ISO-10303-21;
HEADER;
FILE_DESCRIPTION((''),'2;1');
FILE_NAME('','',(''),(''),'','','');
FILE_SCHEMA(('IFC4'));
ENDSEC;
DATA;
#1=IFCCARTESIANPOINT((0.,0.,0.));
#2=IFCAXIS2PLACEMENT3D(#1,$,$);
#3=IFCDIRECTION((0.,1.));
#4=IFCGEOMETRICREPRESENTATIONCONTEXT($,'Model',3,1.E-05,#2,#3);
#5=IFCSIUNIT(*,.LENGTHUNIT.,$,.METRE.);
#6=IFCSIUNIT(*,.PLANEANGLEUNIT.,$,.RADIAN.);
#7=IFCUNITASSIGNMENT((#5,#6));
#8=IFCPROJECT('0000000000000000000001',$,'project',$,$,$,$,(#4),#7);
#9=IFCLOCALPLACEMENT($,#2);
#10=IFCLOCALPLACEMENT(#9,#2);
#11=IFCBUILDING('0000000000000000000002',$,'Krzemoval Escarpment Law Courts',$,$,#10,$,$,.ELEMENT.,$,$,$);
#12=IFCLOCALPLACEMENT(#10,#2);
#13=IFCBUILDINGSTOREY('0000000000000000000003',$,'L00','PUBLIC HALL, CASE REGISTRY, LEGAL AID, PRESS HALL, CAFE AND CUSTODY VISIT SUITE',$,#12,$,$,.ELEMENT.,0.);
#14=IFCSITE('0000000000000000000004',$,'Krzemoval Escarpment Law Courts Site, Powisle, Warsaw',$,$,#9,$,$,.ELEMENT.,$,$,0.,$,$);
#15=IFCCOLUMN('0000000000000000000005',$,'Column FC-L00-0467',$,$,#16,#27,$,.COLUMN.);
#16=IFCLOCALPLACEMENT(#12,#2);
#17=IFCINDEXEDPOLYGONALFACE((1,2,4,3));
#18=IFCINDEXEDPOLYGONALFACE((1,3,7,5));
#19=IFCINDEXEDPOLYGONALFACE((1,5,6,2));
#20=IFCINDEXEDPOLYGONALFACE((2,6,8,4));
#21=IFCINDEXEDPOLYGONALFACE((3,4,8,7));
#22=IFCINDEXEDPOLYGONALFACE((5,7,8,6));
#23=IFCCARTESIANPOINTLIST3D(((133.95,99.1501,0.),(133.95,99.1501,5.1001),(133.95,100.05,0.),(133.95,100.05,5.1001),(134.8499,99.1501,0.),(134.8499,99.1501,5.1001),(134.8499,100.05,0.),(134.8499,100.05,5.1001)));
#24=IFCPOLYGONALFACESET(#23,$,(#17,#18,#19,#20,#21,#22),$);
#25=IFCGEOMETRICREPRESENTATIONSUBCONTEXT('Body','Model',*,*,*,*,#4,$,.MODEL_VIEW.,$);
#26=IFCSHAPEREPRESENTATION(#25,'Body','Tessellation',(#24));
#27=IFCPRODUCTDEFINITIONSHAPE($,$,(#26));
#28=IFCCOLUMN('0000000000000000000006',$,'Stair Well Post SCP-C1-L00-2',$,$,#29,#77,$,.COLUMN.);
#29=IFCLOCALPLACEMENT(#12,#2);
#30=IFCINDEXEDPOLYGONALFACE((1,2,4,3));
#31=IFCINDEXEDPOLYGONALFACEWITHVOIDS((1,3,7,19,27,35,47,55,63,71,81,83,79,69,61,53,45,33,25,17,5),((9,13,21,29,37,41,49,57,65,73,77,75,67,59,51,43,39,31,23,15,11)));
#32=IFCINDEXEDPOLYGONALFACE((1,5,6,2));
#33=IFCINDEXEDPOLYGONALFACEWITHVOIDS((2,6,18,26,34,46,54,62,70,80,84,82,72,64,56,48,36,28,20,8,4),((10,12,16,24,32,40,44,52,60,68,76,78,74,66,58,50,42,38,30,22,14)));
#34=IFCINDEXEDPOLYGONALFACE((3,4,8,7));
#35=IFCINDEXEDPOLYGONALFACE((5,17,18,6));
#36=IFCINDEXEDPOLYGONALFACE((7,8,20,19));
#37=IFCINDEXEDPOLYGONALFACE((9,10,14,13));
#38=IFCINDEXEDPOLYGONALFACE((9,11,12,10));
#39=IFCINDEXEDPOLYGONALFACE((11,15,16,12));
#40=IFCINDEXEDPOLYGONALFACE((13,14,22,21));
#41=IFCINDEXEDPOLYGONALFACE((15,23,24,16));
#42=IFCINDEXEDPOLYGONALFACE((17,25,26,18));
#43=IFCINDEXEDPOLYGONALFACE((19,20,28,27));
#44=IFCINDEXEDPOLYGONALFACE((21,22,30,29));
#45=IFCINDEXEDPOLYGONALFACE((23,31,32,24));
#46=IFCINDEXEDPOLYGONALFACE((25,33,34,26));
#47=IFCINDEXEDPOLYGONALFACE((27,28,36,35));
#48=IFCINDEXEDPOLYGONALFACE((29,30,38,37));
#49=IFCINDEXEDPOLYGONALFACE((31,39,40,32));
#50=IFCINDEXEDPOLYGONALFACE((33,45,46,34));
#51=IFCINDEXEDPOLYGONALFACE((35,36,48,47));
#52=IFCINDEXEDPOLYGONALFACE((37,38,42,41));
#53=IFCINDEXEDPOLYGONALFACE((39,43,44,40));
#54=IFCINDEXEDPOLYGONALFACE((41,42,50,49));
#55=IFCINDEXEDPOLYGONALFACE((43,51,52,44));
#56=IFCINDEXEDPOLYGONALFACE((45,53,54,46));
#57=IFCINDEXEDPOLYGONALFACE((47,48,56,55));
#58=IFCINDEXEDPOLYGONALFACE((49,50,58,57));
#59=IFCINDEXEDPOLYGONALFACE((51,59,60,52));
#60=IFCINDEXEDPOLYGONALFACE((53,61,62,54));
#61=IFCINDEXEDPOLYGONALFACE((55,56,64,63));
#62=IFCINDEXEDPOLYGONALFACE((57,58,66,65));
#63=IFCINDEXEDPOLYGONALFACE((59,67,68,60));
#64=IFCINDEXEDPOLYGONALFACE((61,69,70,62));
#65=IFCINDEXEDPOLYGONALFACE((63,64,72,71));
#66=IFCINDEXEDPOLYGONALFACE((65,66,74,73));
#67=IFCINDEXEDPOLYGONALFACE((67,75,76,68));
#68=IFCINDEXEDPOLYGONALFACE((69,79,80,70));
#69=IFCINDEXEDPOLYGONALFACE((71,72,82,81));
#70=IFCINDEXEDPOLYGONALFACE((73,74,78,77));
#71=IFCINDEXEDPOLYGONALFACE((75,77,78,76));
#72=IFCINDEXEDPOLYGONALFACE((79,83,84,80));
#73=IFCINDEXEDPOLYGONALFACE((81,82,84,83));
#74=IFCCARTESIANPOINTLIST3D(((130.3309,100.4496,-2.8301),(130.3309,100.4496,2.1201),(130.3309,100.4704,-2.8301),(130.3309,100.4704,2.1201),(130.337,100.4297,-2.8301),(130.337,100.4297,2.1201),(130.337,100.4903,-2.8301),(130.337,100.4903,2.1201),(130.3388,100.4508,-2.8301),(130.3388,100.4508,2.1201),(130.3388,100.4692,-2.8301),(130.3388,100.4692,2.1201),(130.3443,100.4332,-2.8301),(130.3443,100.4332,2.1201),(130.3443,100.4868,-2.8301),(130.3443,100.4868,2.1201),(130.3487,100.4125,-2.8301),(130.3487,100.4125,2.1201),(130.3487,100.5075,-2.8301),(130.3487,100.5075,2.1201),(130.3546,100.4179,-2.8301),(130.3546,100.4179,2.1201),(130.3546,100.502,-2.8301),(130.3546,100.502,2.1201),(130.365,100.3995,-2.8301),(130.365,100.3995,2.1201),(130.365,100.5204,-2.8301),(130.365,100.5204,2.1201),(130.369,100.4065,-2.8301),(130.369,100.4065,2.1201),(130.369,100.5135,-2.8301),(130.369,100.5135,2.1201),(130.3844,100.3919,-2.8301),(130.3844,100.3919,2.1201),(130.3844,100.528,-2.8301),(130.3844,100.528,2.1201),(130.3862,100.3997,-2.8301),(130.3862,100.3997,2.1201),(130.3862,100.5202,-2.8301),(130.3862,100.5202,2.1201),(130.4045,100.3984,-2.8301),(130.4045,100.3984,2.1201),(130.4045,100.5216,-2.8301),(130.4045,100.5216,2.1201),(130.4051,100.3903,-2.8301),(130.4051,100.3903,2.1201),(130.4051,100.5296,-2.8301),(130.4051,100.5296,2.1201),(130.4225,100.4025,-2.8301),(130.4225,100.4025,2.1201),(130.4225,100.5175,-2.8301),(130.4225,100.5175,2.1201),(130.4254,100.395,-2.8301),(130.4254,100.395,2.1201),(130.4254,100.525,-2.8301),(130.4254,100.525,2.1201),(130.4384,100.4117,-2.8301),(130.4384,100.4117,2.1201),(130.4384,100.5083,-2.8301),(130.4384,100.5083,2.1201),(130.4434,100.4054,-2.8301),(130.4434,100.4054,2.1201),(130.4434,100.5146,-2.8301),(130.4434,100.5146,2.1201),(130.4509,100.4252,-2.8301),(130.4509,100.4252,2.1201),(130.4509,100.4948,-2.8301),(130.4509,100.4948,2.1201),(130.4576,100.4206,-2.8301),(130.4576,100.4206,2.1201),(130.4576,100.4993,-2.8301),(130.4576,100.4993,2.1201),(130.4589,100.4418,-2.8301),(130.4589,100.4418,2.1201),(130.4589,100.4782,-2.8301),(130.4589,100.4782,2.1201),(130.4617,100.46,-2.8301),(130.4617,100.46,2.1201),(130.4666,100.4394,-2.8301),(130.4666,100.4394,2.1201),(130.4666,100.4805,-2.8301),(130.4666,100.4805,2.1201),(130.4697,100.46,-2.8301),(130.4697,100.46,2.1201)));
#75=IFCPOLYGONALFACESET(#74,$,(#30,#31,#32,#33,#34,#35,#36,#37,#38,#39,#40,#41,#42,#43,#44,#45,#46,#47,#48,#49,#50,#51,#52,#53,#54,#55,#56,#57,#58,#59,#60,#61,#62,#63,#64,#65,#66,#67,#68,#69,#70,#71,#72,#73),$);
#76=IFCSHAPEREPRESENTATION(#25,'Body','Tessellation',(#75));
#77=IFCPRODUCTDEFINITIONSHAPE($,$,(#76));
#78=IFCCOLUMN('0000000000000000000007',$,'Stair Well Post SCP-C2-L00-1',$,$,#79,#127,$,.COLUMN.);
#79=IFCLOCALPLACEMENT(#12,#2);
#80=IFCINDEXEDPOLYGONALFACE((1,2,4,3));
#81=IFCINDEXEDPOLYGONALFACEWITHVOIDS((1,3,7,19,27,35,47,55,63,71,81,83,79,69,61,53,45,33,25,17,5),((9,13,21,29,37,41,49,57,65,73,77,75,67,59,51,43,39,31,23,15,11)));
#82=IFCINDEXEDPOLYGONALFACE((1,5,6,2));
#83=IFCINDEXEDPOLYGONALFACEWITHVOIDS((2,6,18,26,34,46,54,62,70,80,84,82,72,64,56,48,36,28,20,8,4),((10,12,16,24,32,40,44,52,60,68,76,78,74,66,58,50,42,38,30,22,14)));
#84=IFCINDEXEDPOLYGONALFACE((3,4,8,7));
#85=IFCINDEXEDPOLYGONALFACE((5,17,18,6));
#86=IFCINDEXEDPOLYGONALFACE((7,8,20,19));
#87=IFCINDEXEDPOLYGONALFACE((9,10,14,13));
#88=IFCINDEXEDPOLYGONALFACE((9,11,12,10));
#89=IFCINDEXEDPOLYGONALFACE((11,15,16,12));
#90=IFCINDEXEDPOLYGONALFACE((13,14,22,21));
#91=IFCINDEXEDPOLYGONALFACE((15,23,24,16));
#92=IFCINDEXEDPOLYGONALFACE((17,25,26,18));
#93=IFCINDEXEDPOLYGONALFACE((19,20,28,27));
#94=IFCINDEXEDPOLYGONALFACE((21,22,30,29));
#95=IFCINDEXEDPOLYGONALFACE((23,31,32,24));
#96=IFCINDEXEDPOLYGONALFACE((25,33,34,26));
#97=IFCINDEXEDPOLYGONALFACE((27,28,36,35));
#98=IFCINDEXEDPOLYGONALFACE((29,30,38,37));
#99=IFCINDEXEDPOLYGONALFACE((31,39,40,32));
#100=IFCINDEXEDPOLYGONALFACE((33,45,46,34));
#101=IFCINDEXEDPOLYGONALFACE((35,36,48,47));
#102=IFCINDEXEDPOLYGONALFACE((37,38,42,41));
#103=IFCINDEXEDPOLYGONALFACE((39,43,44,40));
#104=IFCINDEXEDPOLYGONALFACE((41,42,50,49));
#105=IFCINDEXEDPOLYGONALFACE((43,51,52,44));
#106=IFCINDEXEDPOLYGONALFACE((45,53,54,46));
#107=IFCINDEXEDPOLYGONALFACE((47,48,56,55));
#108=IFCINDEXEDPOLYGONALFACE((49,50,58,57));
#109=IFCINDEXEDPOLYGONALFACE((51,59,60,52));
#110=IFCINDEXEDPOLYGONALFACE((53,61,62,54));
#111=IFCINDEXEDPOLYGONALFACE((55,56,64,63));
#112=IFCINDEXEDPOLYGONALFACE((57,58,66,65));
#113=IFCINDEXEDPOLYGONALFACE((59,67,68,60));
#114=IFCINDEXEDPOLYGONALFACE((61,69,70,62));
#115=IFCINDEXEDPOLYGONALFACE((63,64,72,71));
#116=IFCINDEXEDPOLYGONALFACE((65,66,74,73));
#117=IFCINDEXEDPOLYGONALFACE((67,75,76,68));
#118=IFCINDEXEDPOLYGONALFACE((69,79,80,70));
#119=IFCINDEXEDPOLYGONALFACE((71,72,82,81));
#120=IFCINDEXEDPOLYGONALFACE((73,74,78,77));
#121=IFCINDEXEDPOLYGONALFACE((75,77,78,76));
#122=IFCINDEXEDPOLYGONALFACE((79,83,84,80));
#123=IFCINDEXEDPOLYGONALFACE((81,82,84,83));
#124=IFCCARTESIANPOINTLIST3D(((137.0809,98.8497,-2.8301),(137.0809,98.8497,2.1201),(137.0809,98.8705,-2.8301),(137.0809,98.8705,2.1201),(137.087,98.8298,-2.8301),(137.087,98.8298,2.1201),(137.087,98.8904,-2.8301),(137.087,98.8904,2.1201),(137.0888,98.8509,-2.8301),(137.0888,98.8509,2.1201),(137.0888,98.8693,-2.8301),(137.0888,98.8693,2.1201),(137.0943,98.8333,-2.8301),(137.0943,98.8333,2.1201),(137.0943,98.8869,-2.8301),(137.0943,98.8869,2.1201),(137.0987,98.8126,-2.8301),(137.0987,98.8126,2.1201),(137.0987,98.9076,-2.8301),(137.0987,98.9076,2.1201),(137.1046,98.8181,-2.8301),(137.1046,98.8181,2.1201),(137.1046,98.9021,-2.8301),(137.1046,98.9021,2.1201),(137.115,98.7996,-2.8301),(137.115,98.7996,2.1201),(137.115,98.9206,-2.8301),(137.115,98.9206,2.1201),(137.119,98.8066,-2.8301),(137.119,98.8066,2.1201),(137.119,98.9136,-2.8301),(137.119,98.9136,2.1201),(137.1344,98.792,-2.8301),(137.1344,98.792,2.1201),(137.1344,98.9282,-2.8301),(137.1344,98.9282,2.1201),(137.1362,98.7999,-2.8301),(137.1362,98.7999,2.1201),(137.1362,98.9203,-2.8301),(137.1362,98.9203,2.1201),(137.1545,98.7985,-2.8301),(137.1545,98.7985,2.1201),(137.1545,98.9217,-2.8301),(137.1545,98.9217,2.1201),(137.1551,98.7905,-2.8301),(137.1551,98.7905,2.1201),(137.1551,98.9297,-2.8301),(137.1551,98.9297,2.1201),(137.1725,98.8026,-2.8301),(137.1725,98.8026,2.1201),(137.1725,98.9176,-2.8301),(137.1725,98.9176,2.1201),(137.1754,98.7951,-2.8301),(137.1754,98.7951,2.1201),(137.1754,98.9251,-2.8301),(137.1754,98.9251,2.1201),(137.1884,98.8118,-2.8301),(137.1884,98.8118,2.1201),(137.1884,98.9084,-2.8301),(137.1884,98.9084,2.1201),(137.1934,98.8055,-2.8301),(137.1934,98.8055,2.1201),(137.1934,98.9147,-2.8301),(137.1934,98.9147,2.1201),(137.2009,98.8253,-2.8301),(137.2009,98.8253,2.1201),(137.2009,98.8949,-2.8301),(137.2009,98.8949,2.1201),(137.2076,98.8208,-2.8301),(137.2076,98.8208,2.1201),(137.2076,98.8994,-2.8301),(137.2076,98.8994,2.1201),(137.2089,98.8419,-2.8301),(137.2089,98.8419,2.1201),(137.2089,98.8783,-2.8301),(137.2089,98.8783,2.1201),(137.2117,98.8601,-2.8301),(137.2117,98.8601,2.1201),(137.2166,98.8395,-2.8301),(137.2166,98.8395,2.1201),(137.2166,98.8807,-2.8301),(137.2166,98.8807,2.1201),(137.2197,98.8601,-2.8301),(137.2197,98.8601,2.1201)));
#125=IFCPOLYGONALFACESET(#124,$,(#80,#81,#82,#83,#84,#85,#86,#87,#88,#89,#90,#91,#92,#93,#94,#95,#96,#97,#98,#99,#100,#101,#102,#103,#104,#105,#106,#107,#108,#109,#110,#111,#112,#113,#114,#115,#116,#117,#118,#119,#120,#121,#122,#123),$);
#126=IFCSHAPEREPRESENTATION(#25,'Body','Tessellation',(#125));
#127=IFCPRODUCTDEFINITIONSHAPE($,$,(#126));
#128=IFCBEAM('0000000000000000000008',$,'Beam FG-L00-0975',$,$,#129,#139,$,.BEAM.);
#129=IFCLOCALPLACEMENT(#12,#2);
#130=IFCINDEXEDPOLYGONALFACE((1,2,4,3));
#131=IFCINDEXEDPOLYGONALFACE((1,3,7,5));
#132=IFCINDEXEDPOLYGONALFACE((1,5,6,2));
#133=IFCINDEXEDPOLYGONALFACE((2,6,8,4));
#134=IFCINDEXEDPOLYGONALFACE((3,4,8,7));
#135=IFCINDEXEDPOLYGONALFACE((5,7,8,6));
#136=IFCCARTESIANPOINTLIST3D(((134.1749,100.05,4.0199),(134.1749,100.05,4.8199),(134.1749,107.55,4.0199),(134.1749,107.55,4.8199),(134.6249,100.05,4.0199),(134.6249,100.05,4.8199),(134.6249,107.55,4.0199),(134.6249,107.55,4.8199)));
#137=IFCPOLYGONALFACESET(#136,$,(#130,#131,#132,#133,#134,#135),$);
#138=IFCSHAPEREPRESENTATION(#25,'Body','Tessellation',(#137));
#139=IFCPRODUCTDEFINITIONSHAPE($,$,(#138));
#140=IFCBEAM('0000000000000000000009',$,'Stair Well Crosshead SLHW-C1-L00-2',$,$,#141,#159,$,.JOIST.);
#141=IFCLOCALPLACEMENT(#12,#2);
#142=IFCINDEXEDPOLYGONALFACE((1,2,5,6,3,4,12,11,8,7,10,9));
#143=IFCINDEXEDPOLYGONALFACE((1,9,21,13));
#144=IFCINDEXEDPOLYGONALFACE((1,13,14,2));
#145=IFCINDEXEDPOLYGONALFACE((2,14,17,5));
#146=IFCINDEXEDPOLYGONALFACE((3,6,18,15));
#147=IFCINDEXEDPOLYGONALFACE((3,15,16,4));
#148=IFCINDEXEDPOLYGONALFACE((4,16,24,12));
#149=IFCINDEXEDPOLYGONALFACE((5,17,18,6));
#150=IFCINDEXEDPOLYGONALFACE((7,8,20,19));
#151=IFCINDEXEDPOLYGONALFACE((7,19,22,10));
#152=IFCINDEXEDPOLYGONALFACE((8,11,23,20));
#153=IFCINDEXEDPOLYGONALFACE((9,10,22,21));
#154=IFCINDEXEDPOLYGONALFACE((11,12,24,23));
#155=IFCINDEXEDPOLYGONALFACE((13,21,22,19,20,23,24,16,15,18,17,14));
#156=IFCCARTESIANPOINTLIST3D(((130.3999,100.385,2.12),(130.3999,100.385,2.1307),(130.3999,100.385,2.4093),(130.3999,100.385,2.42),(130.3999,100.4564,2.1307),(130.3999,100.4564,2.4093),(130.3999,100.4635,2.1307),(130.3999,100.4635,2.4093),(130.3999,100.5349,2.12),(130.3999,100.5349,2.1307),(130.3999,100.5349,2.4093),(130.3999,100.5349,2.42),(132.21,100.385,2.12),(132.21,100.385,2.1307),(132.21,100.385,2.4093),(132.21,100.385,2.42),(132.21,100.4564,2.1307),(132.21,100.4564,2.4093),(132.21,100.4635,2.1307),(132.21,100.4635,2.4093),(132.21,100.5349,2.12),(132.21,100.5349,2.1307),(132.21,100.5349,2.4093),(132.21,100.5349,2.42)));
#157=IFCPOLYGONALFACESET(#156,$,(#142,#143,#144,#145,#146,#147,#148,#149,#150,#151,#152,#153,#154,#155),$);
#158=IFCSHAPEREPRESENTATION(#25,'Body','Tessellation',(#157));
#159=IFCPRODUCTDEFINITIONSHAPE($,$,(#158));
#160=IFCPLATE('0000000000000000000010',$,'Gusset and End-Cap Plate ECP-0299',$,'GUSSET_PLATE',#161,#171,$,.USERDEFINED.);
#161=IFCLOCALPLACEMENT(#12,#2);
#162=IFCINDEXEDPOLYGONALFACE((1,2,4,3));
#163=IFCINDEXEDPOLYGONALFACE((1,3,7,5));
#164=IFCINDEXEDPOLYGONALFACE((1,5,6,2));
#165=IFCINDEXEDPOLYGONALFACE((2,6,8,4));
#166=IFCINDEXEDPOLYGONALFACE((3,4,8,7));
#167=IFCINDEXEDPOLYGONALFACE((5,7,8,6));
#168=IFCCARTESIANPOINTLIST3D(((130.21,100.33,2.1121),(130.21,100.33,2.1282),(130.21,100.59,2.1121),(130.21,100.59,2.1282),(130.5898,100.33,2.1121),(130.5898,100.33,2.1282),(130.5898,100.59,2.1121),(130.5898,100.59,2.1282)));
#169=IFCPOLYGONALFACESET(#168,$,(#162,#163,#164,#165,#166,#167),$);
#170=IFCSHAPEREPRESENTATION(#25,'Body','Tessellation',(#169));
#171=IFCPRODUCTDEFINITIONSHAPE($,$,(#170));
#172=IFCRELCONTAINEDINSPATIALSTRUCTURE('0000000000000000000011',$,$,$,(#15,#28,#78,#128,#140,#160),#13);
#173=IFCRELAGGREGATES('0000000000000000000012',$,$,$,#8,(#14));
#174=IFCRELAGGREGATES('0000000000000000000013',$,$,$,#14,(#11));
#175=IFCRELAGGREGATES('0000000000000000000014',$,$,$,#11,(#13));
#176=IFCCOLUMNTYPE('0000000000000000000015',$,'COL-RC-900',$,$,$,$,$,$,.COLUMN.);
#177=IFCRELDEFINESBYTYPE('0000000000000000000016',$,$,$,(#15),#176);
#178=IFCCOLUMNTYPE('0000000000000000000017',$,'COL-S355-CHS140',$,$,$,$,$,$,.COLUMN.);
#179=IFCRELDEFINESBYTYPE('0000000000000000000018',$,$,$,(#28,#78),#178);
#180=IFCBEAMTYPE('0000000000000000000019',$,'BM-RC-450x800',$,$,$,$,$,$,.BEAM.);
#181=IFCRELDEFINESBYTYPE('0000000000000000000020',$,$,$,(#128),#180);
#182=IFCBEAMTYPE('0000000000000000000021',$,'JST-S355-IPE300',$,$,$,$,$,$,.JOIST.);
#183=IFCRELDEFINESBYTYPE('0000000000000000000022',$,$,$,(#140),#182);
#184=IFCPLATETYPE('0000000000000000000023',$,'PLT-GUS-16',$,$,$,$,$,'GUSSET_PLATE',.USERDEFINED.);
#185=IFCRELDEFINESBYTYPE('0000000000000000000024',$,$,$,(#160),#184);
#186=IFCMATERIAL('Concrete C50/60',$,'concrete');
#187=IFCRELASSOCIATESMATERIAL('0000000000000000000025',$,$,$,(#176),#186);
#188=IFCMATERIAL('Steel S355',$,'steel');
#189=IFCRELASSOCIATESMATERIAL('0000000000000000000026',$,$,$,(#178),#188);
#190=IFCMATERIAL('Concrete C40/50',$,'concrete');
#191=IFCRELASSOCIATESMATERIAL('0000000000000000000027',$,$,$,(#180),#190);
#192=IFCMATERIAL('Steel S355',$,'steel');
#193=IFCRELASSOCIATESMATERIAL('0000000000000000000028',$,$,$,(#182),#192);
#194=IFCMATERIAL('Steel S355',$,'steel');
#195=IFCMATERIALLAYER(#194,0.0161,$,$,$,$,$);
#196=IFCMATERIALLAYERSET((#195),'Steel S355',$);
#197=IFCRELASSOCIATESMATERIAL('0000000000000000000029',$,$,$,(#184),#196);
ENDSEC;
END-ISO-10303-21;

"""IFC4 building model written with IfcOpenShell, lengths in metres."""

from ifc_helpers import new_model, si_unit, direction, frame, origin, origin_2d, place, context, subcontext, project, spatial, rectangle, hollow_circle, i_section, extrude, material, layer, layer_set, material_profile, profile_set, type_object, element, save


model = new_model("IFC4")

# Units and contexts
model_context = context("Model", 3, precision=1e-05, world=origin(), true_north=direction((0.0, 1.0)))
body_context = subcontext(model_context, "Body", "Model", "MODEL_VIEW")
ifc_project = project(units=[si_unit("LENGTHUNIT", "METRE"), si_unit("PLANEANGLEUNIT", "RADIAN")], contexts=[model_context])

# Site, building, storey
site_placement = place(None, origin())
site = spatial("IfcSite", under=ifc_project, at=site_placement, Name="Krzemoval Escarpment Law Courts Site, Powisle, Warsaw", CompositionType="ELEMENT", RefElevation=0.0)
building_placement = place(site_placement, origin())
building = spatial("IfcBuilding", under=site, at=building_placement, Name="Krzemoval Escarpment Law Courts", CompositionType="ELEMENT")
storey_placement = place(building_placement, origin())
storey = spatial("IfcBuildingStorey", under=building, at=storey_placement, Name="L00", Description="PUBLIC HALL, CASE REGISTRY, LEGAL AID, PRESS HALL, CAFE AND CUSTODY VISIT SUITE", CompositionType="ELEMENT", Elevation=0.0)

# Columns
ifc_material_1 = material(Name="Concrete C50/60", Category="concrete")
ifc_material_profile_1 = material_profile(ifc_material_1, rectangle(XDim=0.8999, YDim=0.8999, at=origin_2d()), Name="RC 900x900")
ifc_profile_set_1 = profile_set([ifc_material_profile_1], Name="Concrete C50/60")
column_type_1 = type_object("IfcColumnType", Name="COL-RC-900", PredefinedType="COLUMN", material=ifc_profile_set_1)
column_placement = place(storey_placement, frame((134.3999, 99.6001, 0.0), z_axis=(0.0, 0.0, 1.0), x_axis=(1.0, 0.0, 0.0)))
element("IfcColumn", 1, at=column_placement, inside=storey, type_object=column_type_1, Name="Column FC-L00-0467", PredefinedType="COLUMN", context=body_context, shape_type="SweptSolid", body=[
    extrude(rectangle(XDim=0.8999, YDim=0.8999, at=origin_2d()), origin(), (0.0, 0.0, 1.0), 5.1001),
])
ifc_material_2 = material(Name="Steel S355", Category="steel")
ifc_material_profile_2 = material_profile(ifc_material_2, hollow_circle(Radius=0.0698, WallThickness=0.0081, at=origin_2d()), Name="CHS 139.7x8")
ifc_profile_set_2 = profile_set([ifc_material_profile_2], Name="Steel S355")
column_type_2 = type_object("IfcColumnType", Name="COL-S355-CHS140", PredefinedType="COLUMN", material=ifc_profile_set_2)
for number, where, z_axis, x_axis, name in (
    (2, (130.3999, 100.46, -2.8301), (0.0, 0.0, 1.0), (1.0, 0.0, 0.0), "Stair Well Post SCP-C1-L00-2"),
    (3, (137.1499, 98.8601, -2.8301), (0.0, 0.0, 1.0), (1.0, 0.0, 0.0), "Stair Well Post SCP-C2-L00-1"),
):
    element("IfcColumn", number, at=place(storey_placement, frame(where, z_axis=z_axis, x_axis=x_axis)), inside=storey, type_object=column_type_2, Name=name, PredefinedType="COLUMN", context=body_context, shape_type="SweptSolid", body=[
        extrude(hollow_circle(Radius=0.0698, WallThickness=0.0081, at=origin_2d()), origin(), (0.0, 0.0, 1.0), 4.9502),
    ])

# Beams
ifc_material_3 = material(Name="Concrete C40/50", Category="concrete")
ifc_material_profile_3 = material_profile(ifc_material_3, rectangle(XDim=0.45, YDim=0.8, at=origin_2d()), Name="RCB 450x800")
ifc_profile_set_3 = profile_set([ifc_material_profile_3], Name="Concrete C40/50")
beam_type_1 = type_object("IfcBeamType", Name="BM-RC-450x800", PredefinedType="BEAM", material=ifc_profile_set_3)
beam_1_placement = place(storey_placement, frame((134.3999, 100.05, 4.4199), z_axis=(0.0, 1.0, 0.0), x_axis=(-1.0, 0.0, 0.0)))
element("IfcBeam", 4, at=beam_1_placement, inside=storey, type_object=beam_type_1, Name="Beam FG-L00-0975", PredefinedType="BEAM", context=body_context, shape_type="SweptSolid", body=[
    extrude(rectangle(XDim=0.45, YDim=0.8, at=origin_2d()), origin(), (0.0, 0.0, 1.0), 7.5),
])
ifc_material_4 = material(Name="Steel S355", Category="steel")
ifc_material_profile_4 = material_profile(ifc_material_4, i_section(OverallWidth=0.1499, OverallDepth=0.3, WebThickness=0.0071, FlangeThickness=0.0107, at=origin_2d()), Name="IPE 300")
ifc_profile_set_4 = profile_set([ifc_material_profile_4], Name="Steel S355")
beam_type_2 = type_object("IfcBeamType", Name="JST-S355-IPE300", PredefinedType="JOIST", material=ifc_profile_set_4)
beam_2_placement = place(storey_placement, frame((130.3999, 100.46, 2.27), z_axis=(1.0, 0.0, 0.0), x_axis=(0.0, 1.0, 0.0)))
element("IfcBeam", 5, at=beam_2_placement, inside=storey, type_object=beam_type_2, Name="Stair Well Crosshead SLHW-C1-L00-2", PredefinedType="JOIST", context=body_context, shape_type="SweptSolid", body=[
    extrude(i_section(OverallWidth=0.1499, OverallDepth=0.3, WebThickness=0.0071, FlangeThickness=0.0107, at=origin_2d()), origin(), (0.0, 0.0, 1.0), 1.8101),
])

# Plate
ifc_material_5 = material(Name="Steel S355", Category="steel")
ifc_layer_1 = layer(ifc_material_5, 0.0161)
ifc_layer_set_1 = layer_set([ifc_layer_1], Name="Steel S355")
plate_type = type_object("IfcPlateType", Name="PLT-GUS-16", ElementType="GUSSET_PLATE", PredefinedType="USERDEFINED", material=ifc_layer_set_1)
plate_placement = place(storey_placement, frame((130.3999, 100.46, 2.1121), z_axis=(0.0, 0.0, 1.0), x_axis=(1.0, 0.0, 0.0)))
element("IfcPlate", 6, at=plate_placement, inside=storey, type_object=plate_type, Name="Gusset and End-Cap Plate ECP-0299", ObjectType="GUSSET_PLATE", PredefinedType="USERDEFINED", context=body_context, shape_type="SweptSolid", body=[
    extrude(rectangle(XDim=0.3799, YDim=0.26, at=origin_2d()), origin(), (0.0, 0.0, 1.0), 0.0161),
])

save(model, "model.ifc")
